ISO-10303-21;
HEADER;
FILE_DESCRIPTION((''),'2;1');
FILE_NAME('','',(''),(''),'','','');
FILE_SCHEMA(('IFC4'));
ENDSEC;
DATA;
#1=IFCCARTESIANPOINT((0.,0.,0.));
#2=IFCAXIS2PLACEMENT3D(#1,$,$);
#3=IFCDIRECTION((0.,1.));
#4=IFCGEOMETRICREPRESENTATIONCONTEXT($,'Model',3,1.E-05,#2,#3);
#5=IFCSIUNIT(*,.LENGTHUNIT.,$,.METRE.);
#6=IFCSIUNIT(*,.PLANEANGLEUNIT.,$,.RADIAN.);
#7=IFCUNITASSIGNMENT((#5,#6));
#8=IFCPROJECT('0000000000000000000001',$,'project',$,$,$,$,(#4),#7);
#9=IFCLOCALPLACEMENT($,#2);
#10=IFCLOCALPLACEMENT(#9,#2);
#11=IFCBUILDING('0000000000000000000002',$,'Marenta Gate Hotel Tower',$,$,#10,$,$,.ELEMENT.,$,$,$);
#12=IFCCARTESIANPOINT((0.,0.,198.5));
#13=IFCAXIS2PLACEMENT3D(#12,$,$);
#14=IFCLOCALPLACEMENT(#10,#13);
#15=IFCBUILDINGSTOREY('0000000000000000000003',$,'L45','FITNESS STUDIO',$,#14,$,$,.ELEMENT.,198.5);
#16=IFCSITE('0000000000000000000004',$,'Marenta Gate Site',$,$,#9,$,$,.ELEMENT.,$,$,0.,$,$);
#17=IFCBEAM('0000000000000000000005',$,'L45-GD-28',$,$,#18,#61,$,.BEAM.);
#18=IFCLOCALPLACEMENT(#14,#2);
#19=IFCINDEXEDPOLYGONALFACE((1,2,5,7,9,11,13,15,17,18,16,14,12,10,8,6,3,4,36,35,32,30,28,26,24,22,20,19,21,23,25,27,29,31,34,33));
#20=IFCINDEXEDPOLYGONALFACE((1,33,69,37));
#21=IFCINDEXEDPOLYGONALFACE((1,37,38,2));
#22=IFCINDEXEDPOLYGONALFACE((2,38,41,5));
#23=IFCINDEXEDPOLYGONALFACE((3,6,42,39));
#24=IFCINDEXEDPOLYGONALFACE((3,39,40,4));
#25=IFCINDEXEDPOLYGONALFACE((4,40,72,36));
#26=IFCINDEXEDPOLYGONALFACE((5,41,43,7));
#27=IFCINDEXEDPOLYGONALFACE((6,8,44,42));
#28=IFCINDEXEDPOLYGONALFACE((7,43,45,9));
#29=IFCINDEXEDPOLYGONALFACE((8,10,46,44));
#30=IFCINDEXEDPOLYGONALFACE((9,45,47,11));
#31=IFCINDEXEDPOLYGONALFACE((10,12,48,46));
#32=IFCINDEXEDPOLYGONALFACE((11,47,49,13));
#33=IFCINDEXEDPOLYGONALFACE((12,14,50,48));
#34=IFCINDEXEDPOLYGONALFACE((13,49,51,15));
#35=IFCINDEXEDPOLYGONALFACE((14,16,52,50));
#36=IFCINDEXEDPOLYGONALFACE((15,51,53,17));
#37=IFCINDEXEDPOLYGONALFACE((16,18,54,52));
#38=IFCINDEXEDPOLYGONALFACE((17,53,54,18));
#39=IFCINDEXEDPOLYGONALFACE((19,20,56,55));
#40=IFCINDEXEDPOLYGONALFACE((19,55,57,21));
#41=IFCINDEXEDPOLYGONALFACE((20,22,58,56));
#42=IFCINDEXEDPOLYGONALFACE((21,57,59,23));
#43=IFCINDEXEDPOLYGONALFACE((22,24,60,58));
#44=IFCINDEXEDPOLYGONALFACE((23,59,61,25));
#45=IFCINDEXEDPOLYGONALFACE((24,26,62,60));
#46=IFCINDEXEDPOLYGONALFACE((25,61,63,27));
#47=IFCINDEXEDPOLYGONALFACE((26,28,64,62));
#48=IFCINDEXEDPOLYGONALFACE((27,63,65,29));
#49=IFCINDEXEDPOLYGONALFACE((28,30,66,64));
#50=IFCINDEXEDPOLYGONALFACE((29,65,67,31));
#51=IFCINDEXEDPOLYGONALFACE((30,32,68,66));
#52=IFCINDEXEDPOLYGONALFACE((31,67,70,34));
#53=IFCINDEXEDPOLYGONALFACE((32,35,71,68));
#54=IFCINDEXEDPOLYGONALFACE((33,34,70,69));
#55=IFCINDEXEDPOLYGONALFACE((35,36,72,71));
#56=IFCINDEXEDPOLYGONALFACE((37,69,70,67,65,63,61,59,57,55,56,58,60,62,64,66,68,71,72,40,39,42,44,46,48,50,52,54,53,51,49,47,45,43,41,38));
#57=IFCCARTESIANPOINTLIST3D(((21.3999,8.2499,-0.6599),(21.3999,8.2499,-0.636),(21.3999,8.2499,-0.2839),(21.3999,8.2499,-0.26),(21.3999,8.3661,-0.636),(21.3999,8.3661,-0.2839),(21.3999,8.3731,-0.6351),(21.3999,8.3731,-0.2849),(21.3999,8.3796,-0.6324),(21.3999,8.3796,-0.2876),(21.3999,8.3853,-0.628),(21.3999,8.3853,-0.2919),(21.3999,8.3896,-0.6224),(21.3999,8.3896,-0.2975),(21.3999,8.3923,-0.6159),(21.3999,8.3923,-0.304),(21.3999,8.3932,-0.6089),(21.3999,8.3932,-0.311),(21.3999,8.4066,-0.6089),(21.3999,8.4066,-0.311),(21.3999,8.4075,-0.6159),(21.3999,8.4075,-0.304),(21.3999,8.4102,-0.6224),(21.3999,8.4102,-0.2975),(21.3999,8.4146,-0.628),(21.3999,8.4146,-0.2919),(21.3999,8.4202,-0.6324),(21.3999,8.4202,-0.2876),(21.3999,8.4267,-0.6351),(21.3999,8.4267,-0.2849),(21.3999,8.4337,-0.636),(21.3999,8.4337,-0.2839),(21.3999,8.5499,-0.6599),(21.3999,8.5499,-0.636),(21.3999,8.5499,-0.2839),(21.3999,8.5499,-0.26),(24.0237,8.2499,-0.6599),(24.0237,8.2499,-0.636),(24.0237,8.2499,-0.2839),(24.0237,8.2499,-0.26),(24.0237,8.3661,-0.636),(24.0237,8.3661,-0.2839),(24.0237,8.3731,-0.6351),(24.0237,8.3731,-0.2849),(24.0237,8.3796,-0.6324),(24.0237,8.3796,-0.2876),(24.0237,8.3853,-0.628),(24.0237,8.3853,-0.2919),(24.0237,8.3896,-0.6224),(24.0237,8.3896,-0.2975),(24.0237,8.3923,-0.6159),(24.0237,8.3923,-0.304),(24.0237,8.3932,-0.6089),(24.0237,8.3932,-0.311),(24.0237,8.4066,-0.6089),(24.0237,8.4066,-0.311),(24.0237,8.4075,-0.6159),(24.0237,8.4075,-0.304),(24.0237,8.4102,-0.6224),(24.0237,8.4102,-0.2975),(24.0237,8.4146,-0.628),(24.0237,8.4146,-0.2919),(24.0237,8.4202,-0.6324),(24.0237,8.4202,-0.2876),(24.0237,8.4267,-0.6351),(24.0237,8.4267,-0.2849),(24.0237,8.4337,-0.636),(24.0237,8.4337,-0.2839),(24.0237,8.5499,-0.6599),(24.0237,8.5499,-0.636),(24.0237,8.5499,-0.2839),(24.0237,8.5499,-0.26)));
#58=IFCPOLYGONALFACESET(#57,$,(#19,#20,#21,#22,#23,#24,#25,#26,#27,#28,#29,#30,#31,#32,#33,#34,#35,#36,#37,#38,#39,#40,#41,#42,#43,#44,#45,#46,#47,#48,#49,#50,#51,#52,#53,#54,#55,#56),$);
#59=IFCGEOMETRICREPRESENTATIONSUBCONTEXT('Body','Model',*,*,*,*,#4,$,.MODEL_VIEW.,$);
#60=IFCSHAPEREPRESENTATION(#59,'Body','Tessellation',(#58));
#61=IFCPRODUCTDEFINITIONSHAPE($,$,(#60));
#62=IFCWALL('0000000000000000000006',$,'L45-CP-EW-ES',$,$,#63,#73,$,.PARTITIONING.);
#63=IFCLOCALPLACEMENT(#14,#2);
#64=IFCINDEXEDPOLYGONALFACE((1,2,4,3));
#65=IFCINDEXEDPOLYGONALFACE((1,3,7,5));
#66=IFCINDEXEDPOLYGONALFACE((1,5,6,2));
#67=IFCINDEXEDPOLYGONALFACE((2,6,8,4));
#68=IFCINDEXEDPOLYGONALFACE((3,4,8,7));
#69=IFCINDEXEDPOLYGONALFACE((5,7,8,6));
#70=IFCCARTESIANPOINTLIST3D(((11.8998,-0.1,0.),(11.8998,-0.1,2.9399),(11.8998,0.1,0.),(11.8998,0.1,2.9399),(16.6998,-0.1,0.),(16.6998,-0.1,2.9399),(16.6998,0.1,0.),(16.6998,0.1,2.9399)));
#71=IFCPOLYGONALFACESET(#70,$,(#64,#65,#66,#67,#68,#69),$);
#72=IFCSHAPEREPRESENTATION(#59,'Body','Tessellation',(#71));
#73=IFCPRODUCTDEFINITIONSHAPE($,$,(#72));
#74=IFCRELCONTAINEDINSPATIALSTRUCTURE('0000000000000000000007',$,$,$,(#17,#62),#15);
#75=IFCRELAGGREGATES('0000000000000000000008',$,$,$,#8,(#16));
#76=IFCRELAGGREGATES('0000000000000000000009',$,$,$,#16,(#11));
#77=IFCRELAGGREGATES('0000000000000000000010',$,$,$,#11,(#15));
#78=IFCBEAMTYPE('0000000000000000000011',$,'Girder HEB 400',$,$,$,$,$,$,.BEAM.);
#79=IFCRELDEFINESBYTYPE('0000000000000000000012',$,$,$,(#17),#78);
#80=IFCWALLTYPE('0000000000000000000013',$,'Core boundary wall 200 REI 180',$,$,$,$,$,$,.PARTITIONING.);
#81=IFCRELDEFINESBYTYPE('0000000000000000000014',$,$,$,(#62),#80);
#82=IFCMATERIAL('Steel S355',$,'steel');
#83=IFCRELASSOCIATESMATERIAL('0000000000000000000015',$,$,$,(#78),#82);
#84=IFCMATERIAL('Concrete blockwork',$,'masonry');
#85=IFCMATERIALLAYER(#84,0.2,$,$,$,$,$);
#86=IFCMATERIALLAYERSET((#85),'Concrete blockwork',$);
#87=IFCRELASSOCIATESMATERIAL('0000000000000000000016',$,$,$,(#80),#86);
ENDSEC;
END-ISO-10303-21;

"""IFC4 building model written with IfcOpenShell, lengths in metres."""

from ifc_helpers import new_model, si_unit, direction, frame, frame_2d, origin, origin_2d, place, context, subcontext, project, spatial, rectangle, i_section, extrude, material, layer, layer_set, material_profile, profile_set, type_object, element, save


model = new_model("IFC4")

# Units and contexts
model_context = context("Model", 3, precision=1e-05, world=origin(), true_north=direction((0.0, 1.0)))
body_context = subcontext(model_context, "Body", "Model", "MODEL_VIEW")
ifc_project = project(units=[si_unit("LENGTHUNIT", "METRE"), si_unit("PLANEANGLEUNIT", "RADIAN")], contexts=[model_context])

# Site, building, storey
site_placement = place(None, origin())
site = spatial("IfcSite", under=ifc_project, at=site_placement, Name="Marenta Gate Site", CompositionType="ELEMENT", RefElevation=0.0)
building_placement = place(site_placement, origin())
building = spatial("IfcBuilding", under=site, at=building_placement, Name="Marenta Gate Hotel Tower", CompositionType="ELEMENT")
storey_placement = place(building_placement, frame((0.0, 0.0, 198.5)))
storey = spatial("IfcBuildingStorey", under=building, at=storey_placement, Name="L45", Description="FITNESS STUDIO", CompositionType="ELEMENT", Elevation=198.5)

# Beam
ifc_material_1 = material(Name="Steel S355", Category="steel")
ifc_material_profile_1 = material_profile(ifc_material_1, i_section(OverallWidth=0.3, OverallDepth=0.3999, WebThickness=0.0134, FlangeThickness=0.0239, FilletRadius=0.0271, at=origin_2d()), Name="HEB 400")
ifc_profile_set_1 = profile_set([ifc_material_profile_1], Name="Steel S355")
beam_type = type_object("IfcBeamType", Name="Girder HEB 400", PredefinedType="BEAM", material=ifc_profile_set_1)
beam_1_placement = place(storey_placement, frame((21.3999, 8.3999, -0.46), z_axis=(1.0, 0.0, 0.0), x_axis=(0.0, 1.0, 0.0)))
element("IfcBeam", 1, at=beam_1_placement, inside=storey, type_object=beam_type, Name="L45-GD-28", PredefinedType="BEAM", context=body_context, shape_type="SweptSolid", body=[
    extrude(i_section(OverallWidth=0.3, OverallDepth=0.3999, WebThickness=0.0134, FlangeThickness=0.0239, FilletRadius=0.0271, at=origin_2d()), origin(), (0.0, 0.0, 1.0), 2.6238),
])

# Shared definitions
ifc_material_2 = material(Name="Concrete blockwork", Category="masonry")
ifc_layer_1 = layer(ifc_material_2, 0.2)
ifc_layer_set_1 = layer_set([ifc_layer_1], Name="Concrete blockwork")
wall_type_1 = type_object("IfcWallType", Name="Core boundary wall 200 REI 180", PredefinedType="PARTITIONING", material=ifc_layer_set_1)

# Wall
wall_1_placement = place(storey_placement, frame((11.8999, 0.0, 0.0), z_axis=(0.0, 0.0, 1.0), x_axis=(1.0, 0.0, 0.0)))
element("IfcWall", 2, at=wall_1_placement, inside=storey, type_object=wall_type_1, Name="L45-CP-EW-ES", PredefinedType="PARTITIONING", context=body_context, shape_type="SweptSolid", body=[
    extrude(rectangle(XDim=4.8, YDim=0.2, at=frame_2d((2.3999, 0.0))), origin(), (0.0, 0.0, 1.0), 2.9399),
])

save(model, "model.ifc")
